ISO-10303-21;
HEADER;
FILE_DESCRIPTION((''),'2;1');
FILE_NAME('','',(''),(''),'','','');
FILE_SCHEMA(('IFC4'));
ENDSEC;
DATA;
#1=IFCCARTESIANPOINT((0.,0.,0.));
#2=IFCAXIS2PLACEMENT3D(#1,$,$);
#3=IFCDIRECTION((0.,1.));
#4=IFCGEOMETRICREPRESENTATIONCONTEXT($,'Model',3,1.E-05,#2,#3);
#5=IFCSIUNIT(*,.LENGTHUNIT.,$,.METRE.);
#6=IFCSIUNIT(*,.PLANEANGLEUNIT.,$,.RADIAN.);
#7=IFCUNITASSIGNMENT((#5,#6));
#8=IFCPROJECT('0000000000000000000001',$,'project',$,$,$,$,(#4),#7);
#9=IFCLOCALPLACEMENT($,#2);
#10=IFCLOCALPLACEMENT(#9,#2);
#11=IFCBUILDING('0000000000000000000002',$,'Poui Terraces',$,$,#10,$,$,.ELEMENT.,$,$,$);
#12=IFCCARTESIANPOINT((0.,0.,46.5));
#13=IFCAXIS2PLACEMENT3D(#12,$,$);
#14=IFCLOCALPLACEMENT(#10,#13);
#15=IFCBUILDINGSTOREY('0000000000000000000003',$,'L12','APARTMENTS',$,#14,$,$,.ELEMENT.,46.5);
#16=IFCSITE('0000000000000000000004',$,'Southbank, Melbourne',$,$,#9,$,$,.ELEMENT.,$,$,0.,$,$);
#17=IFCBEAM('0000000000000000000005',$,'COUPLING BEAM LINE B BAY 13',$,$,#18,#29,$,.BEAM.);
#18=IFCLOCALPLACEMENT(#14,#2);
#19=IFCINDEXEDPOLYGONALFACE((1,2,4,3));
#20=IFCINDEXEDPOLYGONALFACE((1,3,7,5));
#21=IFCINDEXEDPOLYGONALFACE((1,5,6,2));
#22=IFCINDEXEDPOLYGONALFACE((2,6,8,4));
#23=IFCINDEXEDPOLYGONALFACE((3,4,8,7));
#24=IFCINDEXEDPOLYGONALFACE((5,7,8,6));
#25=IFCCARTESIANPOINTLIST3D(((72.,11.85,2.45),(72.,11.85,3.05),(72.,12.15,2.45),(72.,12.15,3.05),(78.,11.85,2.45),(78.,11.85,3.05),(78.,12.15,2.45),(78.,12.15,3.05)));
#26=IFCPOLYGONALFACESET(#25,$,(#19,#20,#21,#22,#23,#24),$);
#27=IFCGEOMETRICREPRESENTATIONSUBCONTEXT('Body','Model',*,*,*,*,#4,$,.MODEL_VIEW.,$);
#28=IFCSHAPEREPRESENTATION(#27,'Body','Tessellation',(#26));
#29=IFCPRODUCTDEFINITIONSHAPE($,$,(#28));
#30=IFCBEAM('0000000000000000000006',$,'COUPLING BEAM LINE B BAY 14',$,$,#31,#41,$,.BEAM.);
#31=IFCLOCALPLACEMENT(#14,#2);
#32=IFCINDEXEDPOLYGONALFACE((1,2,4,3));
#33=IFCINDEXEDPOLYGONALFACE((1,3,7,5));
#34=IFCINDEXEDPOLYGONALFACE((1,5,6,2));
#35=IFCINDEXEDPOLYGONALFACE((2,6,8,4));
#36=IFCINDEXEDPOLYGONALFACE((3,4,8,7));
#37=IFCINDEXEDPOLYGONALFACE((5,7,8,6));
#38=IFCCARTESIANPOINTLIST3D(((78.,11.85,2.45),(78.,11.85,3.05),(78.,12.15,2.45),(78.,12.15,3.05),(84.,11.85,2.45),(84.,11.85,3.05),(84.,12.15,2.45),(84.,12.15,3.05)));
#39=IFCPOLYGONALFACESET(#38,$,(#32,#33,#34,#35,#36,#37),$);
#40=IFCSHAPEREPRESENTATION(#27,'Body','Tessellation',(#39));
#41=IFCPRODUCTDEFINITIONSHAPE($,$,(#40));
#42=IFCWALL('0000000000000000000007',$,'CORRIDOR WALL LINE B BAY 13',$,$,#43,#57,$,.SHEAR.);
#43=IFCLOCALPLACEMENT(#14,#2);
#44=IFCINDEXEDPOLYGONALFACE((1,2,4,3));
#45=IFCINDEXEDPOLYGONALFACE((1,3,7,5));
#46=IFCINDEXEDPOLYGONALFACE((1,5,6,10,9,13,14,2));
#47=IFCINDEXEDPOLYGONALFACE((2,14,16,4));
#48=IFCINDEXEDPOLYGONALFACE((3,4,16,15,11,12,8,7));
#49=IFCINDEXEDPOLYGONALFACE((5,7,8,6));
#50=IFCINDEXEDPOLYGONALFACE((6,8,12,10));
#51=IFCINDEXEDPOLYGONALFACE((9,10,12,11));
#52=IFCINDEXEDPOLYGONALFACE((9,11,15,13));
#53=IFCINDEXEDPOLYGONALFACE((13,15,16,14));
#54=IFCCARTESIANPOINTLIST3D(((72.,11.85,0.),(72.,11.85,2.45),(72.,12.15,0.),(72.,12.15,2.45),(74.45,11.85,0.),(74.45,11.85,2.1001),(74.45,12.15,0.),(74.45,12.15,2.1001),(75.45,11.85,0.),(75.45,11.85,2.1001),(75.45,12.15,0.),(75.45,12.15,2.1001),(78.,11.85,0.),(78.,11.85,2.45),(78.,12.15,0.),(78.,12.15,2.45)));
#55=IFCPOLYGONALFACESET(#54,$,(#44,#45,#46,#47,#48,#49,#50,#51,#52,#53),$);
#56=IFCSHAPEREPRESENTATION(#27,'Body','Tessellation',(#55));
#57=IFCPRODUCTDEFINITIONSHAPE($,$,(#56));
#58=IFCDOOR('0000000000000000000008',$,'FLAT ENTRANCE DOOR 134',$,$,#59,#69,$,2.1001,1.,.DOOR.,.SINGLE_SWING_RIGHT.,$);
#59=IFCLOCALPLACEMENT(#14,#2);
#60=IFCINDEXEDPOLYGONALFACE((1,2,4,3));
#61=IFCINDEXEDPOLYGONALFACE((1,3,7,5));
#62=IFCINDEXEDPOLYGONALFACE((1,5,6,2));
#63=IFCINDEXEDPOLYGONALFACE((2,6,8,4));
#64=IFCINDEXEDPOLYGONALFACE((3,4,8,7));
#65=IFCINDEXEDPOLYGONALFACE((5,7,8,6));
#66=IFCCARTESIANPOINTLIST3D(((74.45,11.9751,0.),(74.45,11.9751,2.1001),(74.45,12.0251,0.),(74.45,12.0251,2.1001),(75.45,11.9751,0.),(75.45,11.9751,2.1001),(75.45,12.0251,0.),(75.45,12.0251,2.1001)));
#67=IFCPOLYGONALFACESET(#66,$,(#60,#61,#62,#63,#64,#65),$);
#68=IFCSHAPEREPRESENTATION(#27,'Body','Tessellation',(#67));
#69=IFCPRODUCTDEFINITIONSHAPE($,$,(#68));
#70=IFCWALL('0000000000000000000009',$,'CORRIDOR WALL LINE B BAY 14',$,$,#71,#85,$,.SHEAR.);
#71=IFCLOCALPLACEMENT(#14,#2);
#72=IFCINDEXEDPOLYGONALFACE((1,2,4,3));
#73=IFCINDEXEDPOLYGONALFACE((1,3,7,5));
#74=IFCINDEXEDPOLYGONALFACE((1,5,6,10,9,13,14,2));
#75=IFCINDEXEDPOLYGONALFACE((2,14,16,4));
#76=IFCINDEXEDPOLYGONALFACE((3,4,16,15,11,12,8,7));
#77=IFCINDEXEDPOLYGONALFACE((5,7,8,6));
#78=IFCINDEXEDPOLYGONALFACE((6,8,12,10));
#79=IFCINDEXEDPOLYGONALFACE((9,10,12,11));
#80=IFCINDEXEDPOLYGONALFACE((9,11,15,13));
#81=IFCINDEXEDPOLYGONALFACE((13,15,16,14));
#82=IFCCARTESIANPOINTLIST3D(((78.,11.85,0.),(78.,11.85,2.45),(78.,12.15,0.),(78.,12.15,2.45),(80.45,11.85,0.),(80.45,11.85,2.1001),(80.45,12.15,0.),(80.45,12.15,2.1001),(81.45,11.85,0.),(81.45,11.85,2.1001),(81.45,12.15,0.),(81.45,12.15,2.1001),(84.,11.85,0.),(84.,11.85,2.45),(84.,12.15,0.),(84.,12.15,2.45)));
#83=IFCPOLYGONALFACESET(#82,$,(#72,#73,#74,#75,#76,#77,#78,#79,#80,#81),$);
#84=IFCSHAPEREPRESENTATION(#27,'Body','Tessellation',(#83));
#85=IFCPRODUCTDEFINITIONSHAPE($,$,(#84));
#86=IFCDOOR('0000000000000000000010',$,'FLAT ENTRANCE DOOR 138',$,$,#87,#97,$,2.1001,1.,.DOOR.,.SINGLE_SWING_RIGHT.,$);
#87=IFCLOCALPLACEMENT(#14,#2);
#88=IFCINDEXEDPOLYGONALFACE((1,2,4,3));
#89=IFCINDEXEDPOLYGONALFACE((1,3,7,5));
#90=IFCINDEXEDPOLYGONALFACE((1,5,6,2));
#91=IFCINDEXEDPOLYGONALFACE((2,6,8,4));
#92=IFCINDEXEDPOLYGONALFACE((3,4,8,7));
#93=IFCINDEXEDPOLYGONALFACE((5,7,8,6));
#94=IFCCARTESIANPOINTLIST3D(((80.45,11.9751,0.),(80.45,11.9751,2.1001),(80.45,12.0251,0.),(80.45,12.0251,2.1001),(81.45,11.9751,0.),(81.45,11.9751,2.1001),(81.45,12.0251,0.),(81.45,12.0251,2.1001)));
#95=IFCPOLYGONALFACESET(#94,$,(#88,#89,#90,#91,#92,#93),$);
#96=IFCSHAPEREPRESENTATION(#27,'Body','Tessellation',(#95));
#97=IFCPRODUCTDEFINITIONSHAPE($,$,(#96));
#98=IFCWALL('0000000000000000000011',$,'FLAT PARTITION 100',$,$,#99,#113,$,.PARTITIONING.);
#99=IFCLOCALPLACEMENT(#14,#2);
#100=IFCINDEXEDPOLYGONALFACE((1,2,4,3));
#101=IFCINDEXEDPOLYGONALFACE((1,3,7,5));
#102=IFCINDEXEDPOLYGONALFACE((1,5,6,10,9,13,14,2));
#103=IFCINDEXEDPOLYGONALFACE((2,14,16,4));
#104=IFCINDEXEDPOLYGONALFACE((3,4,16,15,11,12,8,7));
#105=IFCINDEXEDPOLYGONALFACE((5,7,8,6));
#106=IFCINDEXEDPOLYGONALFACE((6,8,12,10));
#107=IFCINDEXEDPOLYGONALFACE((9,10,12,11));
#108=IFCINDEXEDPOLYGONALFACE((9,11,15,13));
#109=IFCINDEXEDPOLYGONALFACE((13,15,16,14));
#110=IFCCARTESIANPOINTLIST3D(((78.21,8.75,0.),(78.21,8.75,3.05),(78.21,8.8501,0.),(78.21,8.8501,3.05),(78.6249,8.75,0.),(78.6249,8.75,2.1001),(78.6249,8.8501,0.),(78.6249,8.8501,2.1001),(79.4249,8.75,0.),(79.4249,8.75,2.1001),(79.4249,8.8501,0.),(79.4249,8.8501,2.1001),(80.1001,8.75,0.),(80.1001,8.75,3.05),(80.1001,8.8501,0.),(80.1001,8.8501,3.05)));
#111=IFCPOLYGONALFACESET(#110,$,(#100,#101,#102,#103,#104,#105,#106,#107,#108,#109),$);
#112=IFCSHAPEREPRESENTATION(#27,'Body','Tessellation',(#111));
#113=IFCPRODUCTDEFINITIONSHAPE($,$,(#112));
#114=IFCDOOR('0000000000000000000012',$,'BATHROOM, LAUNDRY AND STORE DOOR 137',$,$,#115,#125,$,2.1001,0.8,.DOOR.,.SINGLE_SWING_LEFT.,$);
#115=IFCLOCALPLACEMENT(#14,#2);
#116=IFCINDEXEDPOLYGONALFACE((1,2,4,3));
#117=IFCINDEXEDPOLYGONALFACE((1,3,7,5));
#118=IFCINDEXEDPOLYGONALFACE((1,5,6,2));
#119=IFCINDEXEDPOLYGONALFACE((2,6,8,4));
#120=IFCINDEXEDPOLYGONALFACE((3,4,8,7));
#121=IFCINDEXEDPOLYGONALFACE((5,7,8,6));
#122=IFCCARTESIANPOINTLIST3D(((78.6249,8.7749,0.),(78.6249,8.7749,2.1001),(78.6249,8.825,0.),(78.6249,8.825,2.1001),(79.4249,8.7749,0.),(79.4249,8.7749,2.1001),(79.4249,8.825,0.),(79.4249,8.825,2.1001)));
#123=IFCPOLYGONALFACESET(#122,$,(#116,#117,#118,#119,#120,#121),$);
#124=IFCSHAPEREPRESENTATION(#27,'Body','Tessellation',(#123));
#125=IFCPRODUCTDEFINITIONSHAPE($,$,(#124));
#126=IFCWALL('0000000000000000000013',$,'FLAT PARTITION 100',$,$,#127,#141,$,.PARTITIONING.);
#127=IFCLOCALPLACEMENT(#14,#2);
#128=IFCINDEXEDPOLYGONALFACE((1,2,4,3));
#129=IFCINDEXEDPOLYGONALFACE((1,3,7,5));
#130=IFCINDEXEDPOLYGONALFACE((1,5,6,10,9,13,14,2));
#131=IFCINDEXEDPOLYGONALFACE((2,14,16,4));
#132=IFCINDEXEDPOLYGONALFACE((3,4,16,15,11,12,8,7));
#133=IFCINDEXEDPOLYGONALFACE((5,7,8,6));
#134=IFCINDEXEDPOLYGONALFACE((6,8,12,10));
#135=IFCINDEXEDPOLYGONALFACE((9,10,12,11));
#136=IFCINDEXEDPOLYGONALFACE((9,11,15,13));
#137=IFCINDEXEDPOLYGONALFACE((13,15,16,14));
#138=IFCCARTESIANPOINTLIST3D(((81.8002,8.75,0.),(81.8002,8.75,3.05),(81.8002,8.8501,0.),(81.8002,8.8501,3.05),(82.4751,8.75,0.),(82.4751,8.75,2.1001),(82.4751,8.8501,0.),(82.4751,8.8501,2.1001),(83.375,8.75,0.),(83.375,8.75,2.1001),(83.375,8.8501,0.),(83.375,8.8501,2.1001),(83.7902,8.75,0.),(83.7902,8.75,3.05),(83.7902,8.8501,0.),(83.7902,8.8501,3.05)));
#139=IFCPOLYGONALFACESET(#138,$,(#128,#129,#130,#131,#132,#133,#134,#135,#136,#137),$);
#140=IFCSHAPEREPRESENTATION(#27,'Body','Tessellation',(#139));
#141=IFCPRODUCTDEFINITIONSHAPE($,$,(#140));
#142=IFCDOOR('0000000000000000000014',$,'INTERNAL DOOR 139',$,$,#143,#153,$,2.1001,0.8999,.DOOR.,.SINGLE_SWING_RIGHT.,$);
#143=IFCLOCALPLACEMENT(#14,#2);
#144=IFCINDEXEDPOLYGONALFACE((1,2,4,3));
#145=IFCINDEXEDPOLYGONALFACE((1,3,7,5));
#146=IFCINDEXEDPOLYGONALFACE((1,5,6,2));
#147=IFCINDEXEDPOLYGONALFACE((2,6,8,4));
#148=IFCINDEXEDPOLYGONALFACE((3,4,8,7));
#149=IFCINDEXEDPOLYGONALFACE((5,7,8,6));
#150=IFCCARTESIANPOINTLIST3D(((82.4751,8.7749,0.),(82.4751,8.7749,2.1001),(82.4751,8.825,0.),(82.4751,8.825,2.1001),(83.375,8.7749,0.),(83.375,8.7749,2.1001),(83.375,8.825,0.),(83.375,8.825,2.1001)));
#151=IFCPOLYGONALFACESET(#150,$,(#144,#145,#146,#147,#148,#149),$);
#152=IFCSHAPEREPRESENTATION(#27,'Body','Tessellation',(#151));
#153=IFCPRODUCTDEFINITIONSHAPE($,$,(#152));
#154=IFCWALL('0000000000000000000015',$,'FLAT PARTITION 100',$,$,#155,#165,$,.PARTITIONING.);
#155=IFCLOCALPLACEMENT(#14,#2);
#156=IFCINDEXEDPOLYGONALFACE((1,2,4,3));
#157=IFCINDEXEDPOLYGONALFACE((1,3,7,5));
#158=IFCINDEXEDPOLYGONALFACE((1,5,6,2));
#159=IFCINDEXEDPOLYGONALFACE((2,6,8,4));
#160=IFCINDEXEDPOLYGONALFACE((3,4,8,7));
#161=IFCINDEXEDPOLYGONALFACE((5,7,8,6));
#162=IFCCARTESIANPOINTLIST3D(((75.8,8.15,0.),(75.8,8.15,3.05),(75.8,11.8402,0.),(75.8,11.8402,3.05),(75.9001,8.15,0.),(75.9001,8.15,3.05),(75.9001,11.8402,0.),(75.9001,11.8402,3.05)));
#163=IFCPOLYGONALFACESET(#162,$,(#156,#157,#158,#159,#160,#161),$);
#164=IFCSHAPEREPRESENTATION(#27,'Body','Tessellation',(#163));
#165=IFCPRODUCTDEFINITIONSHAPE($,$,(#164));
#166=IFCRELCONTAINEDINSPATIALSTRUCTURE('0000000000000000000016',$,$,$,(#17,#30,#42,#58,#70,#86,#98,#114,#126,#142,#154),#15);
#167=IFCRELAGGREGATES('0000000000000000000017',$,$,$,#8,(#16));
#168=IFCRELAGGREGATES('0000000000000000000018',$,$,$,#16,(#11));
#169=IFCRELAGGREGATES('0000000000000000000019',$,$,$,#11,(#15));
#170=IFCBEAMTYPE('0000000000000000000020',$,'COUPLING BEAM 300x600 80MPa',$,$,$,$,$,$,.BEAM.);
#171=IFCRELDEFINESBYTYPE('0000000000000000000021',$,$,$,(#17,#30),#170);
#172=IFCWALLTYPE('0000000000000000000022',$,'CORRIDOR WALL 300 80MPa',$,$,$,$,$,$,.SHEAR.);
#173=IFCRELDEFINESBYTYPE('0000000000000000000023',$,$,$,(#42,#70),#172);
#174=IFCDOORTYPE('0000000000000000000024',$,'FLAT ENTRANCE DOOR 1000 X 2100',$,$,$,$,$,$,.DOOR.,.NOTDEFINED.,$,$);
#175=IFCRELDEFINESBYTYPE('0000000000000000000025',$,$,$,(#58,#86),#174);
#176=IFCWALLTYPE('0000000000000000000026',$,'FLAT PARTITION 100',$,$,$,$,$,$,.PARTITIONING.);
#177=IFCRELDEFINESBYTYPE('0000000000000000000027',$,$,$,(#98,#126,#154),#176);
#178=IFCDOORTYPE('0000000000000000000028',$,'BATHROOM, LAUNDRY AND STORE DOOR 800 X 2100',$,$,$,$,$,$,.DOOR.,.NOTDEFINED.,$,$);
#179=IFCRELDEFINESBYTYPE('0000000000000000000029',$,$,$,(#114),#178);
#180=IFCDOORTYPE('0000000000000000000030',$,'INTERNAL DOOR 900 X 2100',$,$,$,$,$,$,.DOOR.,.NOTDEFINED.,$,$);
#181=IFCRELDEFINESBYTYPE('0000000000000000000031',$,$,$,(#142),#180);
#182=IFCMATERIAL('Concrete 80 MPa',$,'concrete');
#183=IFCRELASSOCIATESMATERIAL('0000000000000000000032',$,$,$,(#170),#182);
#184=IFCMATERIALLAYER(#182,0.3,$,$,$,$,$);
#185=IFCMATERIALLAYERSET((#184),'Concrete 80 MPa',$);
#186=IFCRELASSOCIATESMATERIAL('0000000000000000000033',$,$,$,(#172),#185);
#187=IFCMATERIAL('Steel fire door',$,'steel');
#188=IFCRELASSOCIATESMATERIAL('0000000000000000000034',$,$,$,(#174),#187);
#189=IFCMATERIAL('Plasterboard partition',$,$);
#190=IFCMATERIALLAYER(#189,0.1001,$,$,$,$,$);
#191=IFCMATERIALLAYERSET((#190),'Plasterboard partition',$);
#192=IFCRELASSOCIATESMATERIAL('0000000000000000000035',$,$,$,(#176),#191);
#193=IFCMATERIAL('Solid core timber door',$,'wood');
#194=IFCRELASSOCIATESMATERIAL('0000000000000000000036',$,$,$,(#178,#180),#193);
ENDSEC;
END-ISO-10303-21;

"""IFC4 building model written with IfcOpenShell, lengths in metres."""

from ifc_helpers import new_model, si_unit, direction, frame, frame_2d, origin, origin_2d, place, context, subcontext, project, spatial, rectangle, extrude, source, transform, mapped, material, layer, layer_set, material_profile, profile_set, type_object, element, fill, save


model = new_model("IFC4")

# Units and contexts
model_context = context("Model", 3, precision=1e-05, world=origin(), true_north=direction((0.0, 1.0)))
body_context = subcontext(model_context, "Body", "Model", "MODEL_VIEW")
ifc_project = project(units=[si_unit("LENGTHUNIT", "METRE"), si_unit("PLANEANGLEUNIT", "RADIAN")], contexts=[model_context])

# Site, building, storey
site_placement = place(None, origin())
site = spatial("IfcSite", under=ifc_project, at=site_placement, Name="Southbank, Melbourne", CompositionType="ELEMENT", RefElevation=0.0)
building_placement = place(site_placement, origin())
building = spatial("IfcBuilding", under=site, at=building_placement, Name="Poui Terraces", CompositionType="ELEMENT")
storey_placement = place(building_placement, frame((0.0, 0.0, 46.5)))
storey = spatial("IfcBuildingStorey", under=building, at=storey_placement, Name="L12", Description="APARTMENTS", CompositionType="ELEMENT", Elevation=46.5)

# Beams
ifc_material_1 = material(Name="Concrete 80 MPa", Category="concrete")
ifc_material_profile = material_profile(ifc_material_1, rectangle(XDim=0.3, YDim=0.6001, at=origin_2d()), Name="RC 300x600")
ifc_profile_set = profile_set([ifc_material_profile], Name="Concrete 80 MPa")
beam_type = type_object("IfcBeamType", Name="COUPLING BEAM 300x600 80MPa", PredefinedType="BEAM", material=ifc_profile_set)
shared_shape = source(origin(), body_context, "Body", "SweptSolid", [
    extrude(rectangle(XDim=0.3, YDim=0.6001, at=origin_2d()), origin(), (0.0, 0.0, 1.0), 6.0),
])
for number, where, z_axis, x_axis, name in (
    (1, (72.0, 12.0, 2.75), (1.0, 0.0, 0.0), (0.0, 1.0, 0.0), "COUPLING BEAM LINE B BAY 13"),
    (2, (78.0, 12.0, 2.75), (1.0, 0.0, 0.0), (0.0, 1.0, 0.0), "COUPLING BEAM LINE B BAY 14"),
):
    element("IfcBeam", number, at=place(storey_placement, frame(where, z_axis=z_axis, x_axis=x_axis)), inside=storey, type_object=beam_type, Name=name, PredefinedType="BEAM", context=body_context, shape_type="MappedRepresentation", body=[
        mapped(shared_shape, transform((0.0, 0.0, 0.0))),
    ])

# Walls, openings, doors
ifc_layer_1 = layer(ifc_material_1, 0.3)
ifc_layer_set_1 = layer_set([ifc_layer_1], Name="Concrete 80 MPa")
wall_type_1 = type_object("IfcWallType", Name="CORRIDOR WALL 300 80MPa", PredefinedType="SHEAR", material=ifc_layer_set_1)
wall_1_placement = place(storey_placement, frame((72.0, 12.0, 0.0), z_axis=(0.0, 0.0, 1.0), x_axis=(1.0, 0.0, 0.0)))
wall_1 = element("IfcWall", 3, at=wall_1_placement, inside=storey, type_object=wall_type_1, Name="CORRIDOR WALL LINE B BAY 13", PredefinedType="SHEAR", context=body_context, shape_type="SweptSolid", body=[
    extrude(rectangle(XDim=6.0, YDim=0.3, at=frame_2d((3.0, 0.0))), origin(), (0.0, 0.0, 1.0), 2.45),
])
opening_1_placement = place(wall_1_placement, frame((2.45, 0.0, 0.0)))
opening_1 = element("IfcOpeningElement", 4, at=opening_1_placement, cuts=wall_1, PredefinedType="OPENING", context=body_context, shape_type="SweptSolid", body=[
    extrude(rectangle(XDim=1.0, YDim=2.1001, at=frame_2d((0.5, 1.05))), frame((0.0, 0.1602, 0.0), z_axis=(0.0, -1.0, 0.0), x_axis=(1.0, 0.0, 0.0)), (0.0, 0.0, 1.0), 0.3201),
])
ifc_material_2 = material(Name="Steel fire door", Category="steel")
door_type_1 = type_object("IfcDoorType", Name="FLAT ENTRANCE DOOR 1000 X 2100", OperationType="NOTDEFINED", PredefinedType="DOOR", material=ifc_material_2)
door_1_placement = place(opening_1_placement, frame((1.0, 0.0, 0.0), z_axis=(0.0, 0.0, 1.0), x_axis=(-1.0, 0.0, 0.0)))
door_1 = element("IfcDoor", 5, at=door_1_placement, inside=storey, type_object=door_type_1, Name="FLAT ENTRANCE DOOR 134", OperationType="SINGLE_SWING_RIGHT", OverallHeight=2.1001, OverallWidth=1.0, PredefinedType="DOOR", context=body_context, shape_type="SweptSolid", body=[
    extrude(rectangle(XDim=1.0, YDim=2.1001, at=frame_2d((0.5, 1.05))), frame((0.0, 0.0249, 0.0), z_axis=(0.0, -1.0, 0.0), x_axis=(1.0, 0.0, 0.0)), (0.0, 0.0, 1.0), 0.05),
])
fill(opening_1, door_1)
wall_2_placement = place(storey_placement, frame((78.0, 12.0, 0.0), z_axis=(0.0, 0.0, 1.0), x_axis=(1.0, 0.0, 0.0)))
wall_2 = element("IfcWall", 6, at=wall_2_placement, inside=storey, type_object=wall_type_1, Name="CORRIDOR WALL LINE B BAY 14", PredefinedType="SHEAR", context=body_context, shape_type="SweptSolid", body=[
    extrude(rectangle(XDim=6.0, YDim=0.3, at=frame_2d((3.0, 0.0))), origin(), (0.0, 0.0, 1.0), 2.45),
])
opening_2_placement = place(wall_2_placement, frame((2.45, 0.0, 0.0)))
opening_2 = element("IfcOpeningElement", 7, at=opening_2_placement, cuts=wall_2, PredefinedType="OPENING", context=body_context, shape_type="SweptSolid", body=[
    extrude(rectangle(XDim=1.0, YDim=2.1001, at=frame_2d((0.5, 1.05))), frame((0.0, 0.1602, 0.0), z_axis=(0.0, -1.0, 0.0), x_axis=(1.0, 0.0, 0.0)), (0.0, 0.0, 1.0), 0.3201),
])
door_2_placement = place(opening_2_placement, frame((1.0, 0.0, 0.0), z_axis=(0.0, 0.0, 1.0), x_axis=(-1.0, 0.0, 0.0)))
door_2 = element("IfcDoor", 8, at=door_2_placement, inside=storey, type_object=door_type_1, Name="FLAT ENTRANCE DOOR 138", OperationType="SINGLE_SWING_RIGHT", OverallHeight=2.1001, OverallWidth=1.0, PredefinedType="DOOR", context=body_context, shape_type="SweptSolid", body=[
    extrude(rectangle(XDim=1.0, YDim=2.1001, at=frame_2d((0.5, 1.05))), frame((0.0, 0.0249, 0.0), z_axis=(0.0, -1.0, 0.0), x_axis=(1.0, 0.0, 0.0)), (0.0, 0.0, 1.0), 0.05),
])
fill(opening_2, door_2)
ifc_material_3 = material(Name="Plasterboard partition")
ifc_layer_2 = layer(ifc_material_3, 0.1001)
ifc_layer_set_2 = layer_set([ifc_layer_2], Name="Plasterboard partition")
wall_type_2 = type_object("IfcWallType", Name="FLAT PARTITION 100", PredefinedType="PARTITIONING", material=ifc_layer_set_2)
wall_3_placement = place(storey_placement, frame((78.21, 8.8, 0.0), z_axis=(0.0, 0.0, 1.0), x_axis=(1.0, 0.0, 0.0)))
wall_3 = element("IfcWall", 9, at=wall_3_placement, inside=storey, type_object=wall_type_2, Name="FLAT PARTITION 100", PredefinedType="PARTITIONING", context=body_context, shape_type="SweptSolid", body=[
    extrude(rectangle(XDim=1.8901, YDim=0.1001, at=frame_2d((0.9451, 0.0))), origin(), (0.0, 0.0, 1.0), 3.05),
])
opening_3_placement = place(wall_3_placement, frame((0.415, 0.0, 0.0)))
opening_3 = element("IfcOpeningElement", 10, at=opening_3_placement, cuts=wall_3, PredefinedType="OPENING", context=body_context, shape_type="SweptSolid", body=[
    extrude(rectangle(XDim=0.8, YDim=2.1001, at=frame_2d((0.3999, 1.05))), frame((0.0, 0.0601, 0.0), z_axis=(0.0, -1.0, 0.0), x_axis=(1.0, 0.0, 0.0)), (0.0, 0.0, 1.0), 0.1201),
])
ifc_material_4 = material(Name="Solid core timber door", Category="wood")
door_type_2 = type_object("IfcDoorType", Name="BATHROOM, LAUNDRY AND STORE DOOR 800 X 2100", OperationType="NOTDEFINED", PredefinedType="DOOR", material=ifc_material_4)
door_3_placement = place(opening_3_placement, origin())
door_3 = element("IfcDoor", 11, at=door_3_placement, inside=storey, type_object=door_type_2, Name="BATHROOM, LAUNDRY AND STORE DOOR 137", OperationType="SINGLE_SWING_LEFT", OverallHeight=2.1001, OverallWidth=0.8, PredefinedType="DOOR", context=body_context, shape_type="SweptSolid", body=[
    extrude(rectangle(XDim=0.8, YDim=2.1001, at=frame_2d((0.3999, 1.05))), frame((0.0, 0.0249, 0.0), z_axis=(0.0, -1.0, 0.0), x_axis=(1.0, 0.0, 0.0)), (0.0, 0.0, 1.0), 0.05),
])
fill(opening_3, door_3)
wall_4_placement = place(storey_placement, frame((81.8, 8.8, 0.0), z_axis=(0.0, 0.0, 1.0), x_axis=(1.0, 0.0, 0.0)))
wall_4 = element("IfcWall", 12, at=wall_4_placement, inside=storey, type_object=wall_type_2, Name="FLAT PARTITION 100", PredefinedType="PARTITIONING", context=body_context, shape_type="SweptSolid", body=[
    extrude(rectangle(XDim=1.99, YDim=0.1001, at=frame_2d((0.9951, 0.0))), origin(), (0.0, 0.0, 1.0), 3.05),
])
opening_4_placement = place(wall_4_placement, frame((0.675, 0.0, 0.0)))
opening_4 = element("IfcOpeningElement", 13, at=opening_4_placement, cuts=wall_4, PredefinedType="OPENING", context=body_context, shape_type="SweptSolid", body=[
    extrude(rectangle(XDim=0.8999, YDim=2.1001, at=frame_2d((0.45, 1.05))), frame((0.0, 0.0601, 0.0), z_axis=(0.0, -1.0, 0.0), x_axis=(1.0, 0.0, 0.0)), (0.0, 0.0, 1.0), 0.1201),
])
door_type_3 = type_object("IfcDoorType", Name="INTERNAL DOOR 900 X 2100", OperationType="NOTDEFINED", PredefinedType="DOOR", material=ifc_material_4)
door_4_placement = place(opening_4_placement, origin())
door_4 = element("IfcDoor", 14, at=door_4_placement, inside=storey, type_object=door_type_3, Name="INTERNAL DOOR 139", OperationType="SINGLE_SWING_RIGHT", OverallHeight=2.1001, OverallWidth=0.8999, PredefinedType="DOOR", context=body_context, shape_type="SweptSolid", body=[
    extrude(rectangle(XDim=0.8999, YDim=2.1001, at=frame_2d((0.45, 1.05))), frame((0.0, 0.0249, 0.0), z_axis=(0.0, -1.0, 0.0), x_axis=(1.0, 0.0, 0.0)), (0.0, 0.0, 1.0), 0.05),
])
fill(opening_4, door_4)

# Wall
wall_5_placement = place(storey_placement, frame((75.8501, 8.1499, 0.0), z_axis=(0.0, 0.0, 1.0), x_axis=(0.0, 1.0, 0.0)))
element("IfcWall", 15, at=wall_5_placement, inside=storey, type_object=wall_type_2, Name="FLAT PARTITION 100", PredefinedType="PARTITIONING", context=body_context, shape_type="SweptSolid", body=[
    extrude(rectangle(XDim=3.6902, YDim=0.1001, at=frame_2d((1.8452, 0.0))), origin(), (0.0, 0.0, 1.0), 3.05),
])

save(model, "model.ifc")
